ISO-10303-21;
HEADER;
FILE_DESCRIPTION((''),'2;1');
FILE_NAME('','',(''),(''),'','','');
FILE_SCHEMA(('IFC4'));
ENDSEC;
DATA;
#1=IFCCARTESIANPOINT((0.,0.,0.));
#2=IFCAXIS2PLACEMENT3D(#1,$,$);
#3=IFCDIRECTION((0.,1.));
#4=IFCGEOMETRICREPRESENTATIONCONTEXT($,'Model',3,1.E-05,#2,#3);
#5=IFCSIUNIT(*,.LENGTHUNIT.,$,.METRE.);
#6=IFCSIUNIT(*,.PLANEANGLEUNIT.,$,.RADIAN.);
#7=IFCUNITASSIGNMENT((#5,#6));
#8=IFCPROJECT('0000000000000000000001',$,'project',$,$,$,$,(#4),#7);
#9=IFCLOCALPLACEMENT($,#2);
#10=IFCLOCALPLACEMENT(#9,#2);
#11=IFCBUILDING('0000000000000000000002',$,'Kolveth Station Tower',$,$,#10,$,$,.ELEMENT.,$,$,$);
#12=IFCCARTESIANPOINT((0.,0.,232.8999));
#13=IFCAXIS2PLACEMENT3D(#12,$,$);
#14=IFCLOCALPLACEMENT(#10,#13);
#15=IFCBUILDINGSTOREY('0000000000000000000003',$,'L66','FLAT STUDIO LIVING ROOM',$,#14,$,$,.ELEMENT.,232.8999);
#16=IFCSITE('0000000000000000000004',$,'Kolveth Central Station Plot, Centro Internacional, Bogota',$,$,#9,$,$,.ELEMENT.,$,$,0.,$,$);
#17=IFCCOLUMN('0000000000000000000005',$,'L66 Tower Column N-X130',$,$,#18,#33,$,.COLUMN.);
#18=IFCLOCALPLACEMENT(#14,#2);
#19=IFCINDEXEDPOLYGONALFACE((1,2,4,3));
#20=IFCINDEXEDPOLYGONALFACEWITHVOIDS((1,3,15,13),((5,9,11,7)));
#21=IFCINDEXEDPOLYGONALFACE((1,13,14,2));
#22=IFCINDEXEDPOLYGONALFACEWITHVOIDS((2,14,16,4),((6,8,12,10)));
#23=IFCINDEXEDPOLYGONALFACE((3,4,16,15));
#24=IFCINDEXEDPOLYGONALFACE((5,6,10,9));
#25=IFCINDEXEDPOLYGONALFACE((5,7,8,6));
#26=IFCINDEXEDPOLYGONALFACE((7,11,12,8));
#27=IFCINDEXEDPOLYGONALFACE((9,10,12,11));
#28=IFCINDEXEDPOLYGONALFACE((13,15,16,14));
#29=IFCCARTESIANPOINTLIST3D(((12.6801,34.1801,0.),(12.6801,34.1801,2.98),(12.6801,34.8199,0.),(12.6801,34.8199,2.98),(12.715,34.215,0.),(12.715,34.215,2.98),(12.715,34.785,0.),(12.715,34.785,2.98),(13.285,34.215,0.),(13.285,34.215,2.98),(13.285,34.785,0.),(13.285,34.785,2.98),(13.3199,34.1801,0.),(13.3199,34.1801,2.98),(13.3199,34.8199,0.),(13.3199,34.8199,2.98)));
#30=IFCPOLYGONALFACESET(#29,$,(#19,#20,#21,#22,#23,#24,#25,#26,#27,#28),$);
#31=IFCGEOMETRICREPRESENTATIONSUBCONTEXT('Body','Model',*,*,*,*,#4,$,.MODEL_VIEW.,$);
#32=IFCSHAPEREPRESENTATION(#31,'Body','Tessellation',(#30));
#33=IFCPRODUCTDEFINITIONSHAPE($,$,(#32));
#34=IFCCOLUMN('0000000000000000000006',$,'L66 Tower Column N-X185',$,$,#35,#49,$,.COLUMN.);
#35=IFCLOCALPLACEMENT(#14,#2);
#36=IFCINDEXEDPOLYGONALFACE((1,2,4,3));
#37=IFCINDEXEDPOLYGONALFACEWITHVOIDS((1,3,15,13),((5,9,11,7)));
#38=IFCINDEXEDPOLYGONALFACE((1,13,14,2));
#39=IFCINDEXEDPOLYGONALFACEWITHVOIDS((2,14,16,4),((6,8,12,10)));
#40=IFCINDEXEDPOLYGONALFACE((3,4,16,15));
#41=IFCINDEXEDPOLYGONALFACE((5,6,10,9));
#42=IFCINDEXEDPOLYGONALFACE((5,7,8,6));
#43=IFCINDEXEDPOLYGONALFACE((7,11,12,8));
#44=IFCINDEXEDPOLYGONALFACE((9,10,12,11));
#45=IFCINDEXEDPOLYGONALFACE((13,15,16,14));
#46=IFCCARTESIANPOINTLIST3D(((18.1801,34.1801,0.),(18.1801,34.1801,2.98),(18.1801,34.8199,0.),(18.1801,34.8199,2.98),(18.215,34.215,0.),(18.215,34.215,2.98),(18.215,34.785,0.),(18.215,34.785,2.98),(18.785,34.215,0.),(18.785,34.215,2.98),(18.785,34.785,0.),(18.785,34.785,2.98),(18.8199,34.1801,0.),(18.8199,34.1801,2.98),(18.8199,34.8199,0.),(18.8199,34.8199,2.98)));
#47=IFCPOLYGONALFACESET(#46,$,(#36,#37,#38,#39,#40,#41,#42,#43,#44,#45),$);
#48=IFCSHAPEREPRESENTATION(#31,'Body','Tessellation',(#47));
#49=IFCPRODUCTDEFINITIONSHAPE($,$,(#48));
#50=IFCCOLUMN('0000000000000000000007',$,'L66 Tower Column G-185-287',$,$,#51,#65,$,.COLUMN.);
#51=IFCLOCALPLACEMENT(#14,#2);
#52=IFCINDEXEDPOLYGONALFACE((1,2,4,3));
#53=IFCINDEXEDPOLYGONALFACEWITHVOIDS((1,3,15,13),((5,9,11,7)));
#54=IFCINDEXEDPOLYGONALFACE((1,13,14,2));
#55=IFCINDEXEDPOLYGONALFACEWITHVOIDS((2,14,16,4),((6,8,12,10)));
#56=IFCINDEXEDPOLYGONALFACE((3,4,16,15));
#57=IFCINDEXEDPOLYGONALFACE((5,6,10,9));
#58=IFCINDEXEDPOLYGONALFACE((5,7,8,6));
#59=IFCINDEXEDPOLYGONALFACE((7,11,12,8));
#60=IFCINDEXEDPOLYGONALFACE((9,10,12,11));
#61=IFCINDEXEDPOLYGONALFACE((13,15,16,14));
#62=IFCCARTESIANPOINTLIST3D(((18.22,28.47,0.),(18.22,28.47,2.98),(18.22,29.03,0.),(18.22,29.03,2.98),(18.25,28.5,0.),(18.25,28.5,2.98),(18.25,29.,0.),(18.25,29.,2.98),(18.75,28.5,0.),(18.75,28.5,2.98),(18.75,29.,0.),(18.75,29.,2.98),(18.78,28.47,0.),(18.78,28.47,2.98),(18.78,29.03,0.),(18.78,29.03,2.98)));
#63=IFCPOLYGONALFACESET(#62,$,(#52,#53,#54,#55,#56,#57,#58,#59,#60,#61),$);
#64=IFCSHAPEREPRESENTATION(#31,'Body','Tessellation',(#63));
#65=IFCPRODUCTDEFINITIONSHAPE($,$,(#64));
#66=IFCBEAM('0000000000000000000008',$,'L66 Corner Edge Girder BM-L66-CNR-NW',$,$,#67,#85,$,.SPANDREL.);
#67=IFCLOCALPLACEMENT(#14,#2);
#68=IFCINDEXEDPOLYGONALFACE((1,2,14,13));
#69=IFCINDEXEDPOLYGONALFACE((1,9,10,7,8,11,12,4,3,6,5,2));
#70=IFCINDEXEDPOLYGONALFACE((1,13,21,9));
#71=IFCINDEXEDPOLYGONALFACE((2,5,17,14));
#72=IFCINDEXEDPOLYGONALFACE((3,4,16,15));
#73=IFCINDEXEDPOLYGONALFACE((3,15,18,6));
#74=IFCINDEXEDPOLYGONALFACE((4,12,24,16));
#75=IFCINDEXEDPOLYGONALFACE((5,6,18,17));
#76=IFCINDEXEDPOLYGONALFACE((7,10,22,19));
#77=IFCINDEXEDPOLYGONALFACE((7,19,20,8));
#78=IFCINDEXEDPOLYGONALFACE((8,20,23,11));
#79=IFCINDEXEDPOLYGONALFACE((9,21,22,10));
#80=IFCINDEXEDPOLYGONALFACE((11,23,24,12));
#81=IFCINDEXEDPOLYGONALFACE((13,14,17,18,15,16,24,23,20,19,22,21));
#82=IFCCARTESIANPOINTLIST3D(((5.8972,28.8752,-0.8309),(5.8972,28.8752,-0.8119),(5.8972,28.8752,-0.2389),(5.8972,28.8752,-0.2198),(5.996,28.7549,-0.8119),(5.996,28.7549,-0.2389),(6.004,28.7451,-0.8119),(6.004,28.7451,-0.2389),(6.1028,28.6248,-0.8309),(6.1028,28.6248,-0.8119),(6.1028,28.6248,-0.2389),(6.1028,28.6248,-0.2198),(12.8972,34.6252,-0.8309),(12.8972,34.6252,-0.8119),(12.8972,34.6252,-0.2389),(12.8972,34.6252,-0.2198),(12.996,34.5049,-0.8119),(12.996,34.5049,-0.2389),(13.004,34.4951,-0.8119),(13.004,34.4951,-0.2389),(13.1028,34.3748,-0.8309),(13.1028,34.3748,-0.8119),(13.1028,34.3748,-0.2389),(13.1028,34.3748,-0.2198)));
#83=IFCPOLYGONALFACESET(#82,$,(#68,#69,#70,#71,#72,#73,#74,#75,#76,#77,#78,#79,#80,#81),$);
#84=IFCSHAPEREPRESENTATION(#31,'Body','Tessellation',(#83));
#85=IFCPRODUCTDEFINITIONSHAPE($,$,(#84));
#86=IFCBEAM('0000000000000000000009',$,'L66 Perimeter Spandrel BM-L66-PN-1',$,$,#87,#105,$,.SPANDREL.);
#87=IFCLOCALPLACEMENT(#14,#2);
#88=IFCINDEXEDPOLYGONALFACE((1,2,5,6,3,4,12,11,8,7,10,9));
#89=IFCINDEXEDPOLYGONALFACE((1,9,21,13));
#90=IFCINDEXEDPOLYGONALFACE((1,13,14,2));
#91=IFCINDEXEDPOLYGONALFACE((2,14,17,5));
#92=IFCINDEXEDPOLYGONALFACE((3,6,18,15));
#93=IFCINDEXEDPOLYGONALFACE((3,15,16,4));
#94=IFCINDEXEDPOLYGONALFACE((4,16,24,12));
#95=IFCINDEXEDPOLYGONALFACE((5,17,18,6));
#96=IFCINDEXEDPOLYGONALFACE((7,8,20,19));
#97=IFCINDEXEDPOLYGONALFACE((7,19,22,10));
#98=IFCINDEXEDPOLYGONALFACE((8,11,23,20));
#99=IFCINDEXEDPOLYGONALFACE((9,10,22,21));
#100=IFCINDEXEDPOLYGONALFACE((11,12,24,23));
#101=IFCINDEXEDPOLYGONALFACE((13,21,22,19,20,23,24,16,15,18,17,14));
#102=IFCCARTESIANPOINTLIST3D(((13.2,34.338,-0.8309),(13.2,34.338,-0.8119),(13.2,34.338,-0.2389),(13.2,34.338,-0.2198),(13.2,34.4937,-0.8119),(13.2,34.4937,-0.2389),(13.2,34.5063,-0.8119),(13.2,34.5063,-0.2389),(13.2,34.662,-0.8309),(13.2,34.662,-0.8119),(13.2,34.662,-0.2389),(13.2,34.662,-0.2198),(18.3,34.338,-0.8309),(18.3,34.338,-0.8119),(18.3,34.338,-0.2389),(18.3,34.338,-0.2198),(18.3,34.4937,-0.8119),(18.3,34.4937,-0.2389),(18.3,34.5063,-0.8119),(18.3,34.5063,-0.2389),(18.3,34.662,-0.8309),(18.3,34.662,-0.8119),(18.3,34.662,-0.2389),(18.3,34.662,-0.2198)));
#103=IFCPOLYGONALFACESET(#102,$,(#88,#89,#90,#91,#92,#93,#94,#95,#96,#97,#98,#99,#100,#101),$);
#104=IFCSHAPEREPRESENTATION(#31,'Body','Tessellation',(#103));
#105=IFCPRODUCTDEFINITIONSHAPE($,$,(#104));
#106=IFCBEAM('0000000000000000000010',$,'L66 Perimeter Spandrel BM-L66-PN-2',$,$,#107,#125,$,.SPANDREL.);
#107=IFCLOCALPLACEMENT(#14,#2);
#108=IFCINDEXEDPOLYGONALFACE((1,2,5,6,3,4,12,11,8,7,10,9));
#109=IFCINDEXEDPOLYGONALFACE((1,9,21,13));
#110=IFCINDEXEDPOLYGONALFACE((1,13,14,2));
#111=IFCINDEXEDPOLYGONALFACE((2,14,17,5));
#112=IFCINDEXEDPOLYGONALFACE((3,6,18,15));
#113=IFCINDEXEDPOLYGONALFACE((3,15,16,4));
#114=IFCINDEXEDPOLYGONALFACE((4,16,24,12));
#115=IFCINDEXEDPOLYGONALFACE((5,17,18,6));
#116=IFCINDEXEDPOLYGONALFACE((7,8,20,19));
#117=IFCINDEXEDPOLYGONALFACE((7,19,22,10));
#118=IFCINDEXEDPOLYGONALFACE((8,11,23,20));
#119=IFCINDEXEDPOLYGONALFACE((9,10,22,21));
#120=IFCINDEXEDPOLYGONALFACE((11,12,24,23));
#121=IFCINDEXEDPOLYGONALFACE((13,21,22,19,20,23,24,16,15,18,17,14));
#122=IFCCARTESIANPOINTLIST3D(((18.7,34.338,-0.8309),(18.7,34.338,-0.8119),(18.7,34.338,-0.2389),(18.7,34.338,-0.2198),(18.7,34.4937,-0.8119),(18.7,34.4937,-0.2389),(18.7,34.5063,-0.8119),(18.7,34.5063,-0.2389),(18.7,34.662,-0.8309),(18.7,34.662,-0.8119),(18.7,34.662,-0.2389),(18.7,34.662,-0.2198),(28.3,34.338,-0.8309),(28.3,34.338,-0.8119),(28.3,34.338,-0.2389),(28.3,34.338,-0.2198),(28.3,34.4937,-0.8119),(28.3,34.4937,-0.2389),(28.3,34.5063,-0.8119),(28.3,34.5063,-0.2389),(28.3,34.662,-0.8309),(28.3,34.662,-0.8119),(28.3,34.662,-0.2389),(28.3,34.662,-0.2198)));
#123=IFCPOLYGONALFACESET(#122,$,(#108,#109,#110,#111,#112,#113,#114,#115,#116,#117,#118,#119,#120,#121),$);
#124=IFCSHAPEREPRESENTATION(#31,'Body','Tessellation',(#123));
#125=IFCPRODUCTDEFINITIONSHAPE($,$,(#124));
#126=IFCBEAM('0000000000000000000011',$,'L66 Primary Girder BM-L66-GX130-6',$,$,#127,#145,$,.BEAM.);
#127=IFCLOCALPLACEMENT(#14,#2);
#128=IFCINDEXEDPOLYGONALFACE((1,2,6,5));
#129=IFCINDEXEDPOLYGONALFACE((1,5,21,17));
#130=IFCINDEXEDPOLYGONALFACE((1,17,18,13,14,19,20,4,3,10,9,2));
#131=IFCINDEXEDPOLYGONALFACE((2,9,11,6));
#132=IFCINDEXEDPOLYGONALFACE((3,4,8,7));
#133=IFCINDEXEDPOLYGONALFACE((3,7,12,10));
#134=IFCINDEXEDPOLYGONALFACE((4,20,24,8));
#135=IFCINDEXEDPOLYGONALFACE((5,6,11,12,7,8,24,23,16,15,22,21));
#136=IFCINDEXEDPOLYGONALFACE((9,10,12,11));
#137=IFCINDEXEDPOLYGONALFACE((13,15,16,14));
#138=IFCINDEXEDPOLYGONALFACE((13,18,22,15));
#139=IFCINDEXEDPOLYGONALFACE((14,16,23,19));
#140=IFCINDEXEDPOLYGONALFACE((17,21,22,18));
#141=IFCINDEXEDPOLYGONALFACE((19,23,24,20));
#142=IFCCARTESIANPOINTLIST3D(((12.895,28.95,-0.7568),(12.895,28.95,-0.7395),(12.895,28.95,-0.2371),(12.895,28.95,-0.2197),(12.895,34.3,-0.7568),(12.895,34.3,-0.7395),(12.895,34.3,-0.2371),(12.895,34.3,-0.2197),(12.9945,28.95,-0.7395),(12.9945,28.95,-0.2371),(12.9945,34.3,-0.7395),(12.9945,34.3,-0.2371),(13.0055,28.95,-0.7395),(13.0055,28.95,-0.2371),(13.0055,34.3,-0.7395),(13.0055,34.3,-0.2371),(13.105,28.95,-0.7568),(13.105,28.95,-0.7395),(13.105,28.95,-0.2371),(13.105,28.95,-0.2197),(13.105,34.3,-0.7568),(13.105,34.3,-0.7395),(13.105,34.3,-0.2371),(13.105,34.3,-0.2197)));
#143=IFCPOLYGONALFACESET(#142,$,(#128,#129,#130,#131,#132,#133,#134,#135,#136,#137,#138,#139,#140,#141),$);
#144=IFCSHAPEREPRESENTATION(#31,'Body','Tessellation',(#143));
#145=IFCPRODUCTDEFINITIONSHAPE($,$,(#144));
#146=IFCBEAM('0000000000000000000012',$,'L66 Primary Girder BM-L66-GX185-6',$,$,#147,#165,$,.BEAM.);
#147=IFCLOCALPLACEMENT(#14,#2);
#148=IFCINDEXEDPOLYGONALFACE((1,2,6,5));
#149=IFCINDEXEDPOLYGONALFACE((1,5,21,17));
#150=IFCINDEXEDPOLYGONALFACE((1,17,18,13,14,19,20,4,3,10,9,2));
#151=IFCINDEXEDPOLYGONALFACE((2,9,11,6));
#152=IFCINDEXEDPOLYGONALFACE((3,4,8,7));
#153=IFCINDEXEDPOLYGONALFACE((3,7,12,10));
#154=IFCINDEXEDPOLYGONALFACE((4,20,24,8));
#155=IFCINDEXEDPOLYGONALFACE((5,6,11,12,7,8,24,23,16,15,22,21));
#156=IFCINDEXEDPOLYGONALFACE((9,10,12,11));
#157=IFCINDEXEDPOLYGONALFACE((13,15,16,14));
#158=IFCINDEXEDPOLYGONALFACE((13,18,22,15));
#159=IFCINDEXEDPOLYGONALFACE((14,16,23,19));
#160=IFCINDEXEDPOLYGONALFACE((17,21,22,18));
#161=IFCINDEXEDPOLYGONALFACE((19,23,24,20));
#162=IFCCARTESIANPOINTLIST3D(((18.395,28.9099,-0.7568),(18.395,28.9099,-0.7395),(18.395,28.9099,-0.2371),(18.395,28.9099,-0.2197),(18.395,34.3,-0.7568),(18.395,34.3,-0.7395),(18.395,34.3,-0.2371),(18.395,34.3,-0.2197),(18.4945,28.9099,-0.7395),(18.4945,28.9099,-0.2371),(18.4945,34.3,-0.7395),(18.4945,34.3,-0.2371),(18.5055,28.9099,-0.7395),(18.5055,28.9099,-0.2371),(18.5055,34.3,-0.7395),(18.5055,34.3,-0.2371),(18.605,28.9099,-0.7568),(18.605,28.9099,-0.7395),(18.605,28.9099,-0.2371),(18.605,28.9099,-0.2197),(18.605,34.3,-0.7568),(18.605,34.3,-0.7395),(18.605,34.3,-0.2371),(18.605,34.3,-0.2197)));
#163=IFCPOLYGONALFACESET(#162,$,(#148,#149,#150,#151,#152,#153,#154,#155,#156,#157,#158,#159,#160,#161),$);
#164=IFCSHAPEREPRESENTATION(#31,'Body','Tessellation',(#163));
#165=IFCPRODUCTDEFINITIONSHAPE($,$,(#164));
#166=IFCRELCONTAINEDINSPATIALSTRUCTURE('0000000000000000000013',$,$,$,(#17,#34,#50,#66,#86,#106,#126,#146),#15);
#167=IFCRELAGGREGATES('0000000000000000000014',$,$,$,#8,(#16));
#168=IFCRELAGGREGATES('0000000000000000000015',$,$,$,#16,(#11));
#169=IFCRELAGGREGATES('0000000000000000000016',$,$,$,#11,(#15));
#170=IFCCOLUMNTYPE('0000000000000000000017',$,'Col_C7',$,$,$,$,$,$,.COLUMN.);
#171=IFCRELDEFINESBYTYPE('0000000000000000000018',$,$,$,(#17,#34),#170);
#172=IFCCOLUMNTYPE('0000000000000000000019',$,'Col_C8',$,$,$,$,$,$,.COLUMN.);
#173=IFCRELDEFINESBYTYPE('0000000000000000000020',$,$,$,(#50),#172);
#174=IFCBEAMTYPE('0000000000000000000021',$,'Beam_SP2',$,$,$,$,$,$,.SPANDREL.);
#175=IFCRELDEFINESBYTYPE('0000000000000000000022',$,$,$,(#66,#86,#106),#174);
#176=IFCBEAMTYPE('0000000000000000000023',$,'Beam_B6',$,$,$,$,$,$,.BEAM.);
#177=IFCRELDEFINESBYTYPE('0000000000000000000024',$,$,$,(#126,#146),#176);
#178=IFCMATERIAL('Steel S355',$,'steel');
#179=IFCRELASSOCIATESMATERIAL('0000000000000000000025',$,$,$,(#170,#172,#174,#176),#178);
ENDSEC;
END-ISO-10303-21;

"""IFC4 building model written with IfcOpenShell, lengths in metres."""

from ifc_helpers import new_model, si_unit, direction, frame, origin, origin_2d, place, context, subcontext, project, spatial, hollow_rectangle, i_section, extrude, source, transform, mapped, material, material_profile, profile_set, type_object, element, save


model = new_model("IFC4")

# Units and contexts
model_context = context("Model", 3, precision=1e-05, world=origin(), true_north=direction((0.0, 1.0)))
body_context = subcontext(model_context, "Body", "Model", "MODEL_VIEW")
ifc_project = project(units=[si_unit("LENGTHUNIT", "METRE"), si_unit("PLANEANGLEUNIT", "RADIAN")], contexts=[model_context])

# Site, building, storey
site_placement = place(None, origin())
site = spatial("IfcSite", under=ifc_project, at=site_placement, Name="Kolveth Central Station Plot, Centro Internacional, Bogota", CompositionType="ELEMENT", RefElevation=0.0)
building_placement = place(site_placement, origin())
building = spatial("IfcBuilding", under=site, at=building_placement, Name="Kolveth Station Tower", CompositionType="ELEMENT")
storey_placement = place(building_placement, frame((0.0, 0.0, 232.8999)))
storey = spatial("IfcBuildingStorey", under=building, at=storey_placement, Name="L66", Description="FLAT STUDIO LIVING ROOM", CompositionType="ELEMENT", Elevation=232.8999)

# Columns
ifc_material_1 = material(Name="Steel S355", Category="steel")
ifc_material_profile_1 = material_profile(ifc_material_1, hollow_rectangle(XDim=0.6399, YDim=0.6399, WallThickness=0.0349, at=origin_2d()), Name="BOX640x640x35")
ifc_profile_set_1 = profile_set([ifc_material_profile_1], Name="Steel S355")
column_type_1 = type_object("IfcColumnType", Name="Col_C7", PredefinedType="COLUMN", material=ifc_profile_set_1)
shared_shape_1 = source(origin(), body_context, "Body", "SweptSolid", [
    extrude(hollow_rectangle(XDim=0.6399, YDim=0.6399, WallThickness=0.0349, at=origin_2d()), origin(), (0.0, 0.0, 1.0), 2.98),
])
for number, where, z_axis, x_axis, name in (
    (1, (13.0, 34.5, 0.0), (0.0, 0.0, 1.0), (1.0, 0.0, 0.0), "L66 Tower Column N-X130"),
    (2, (18.5, 34.5, 0.0), (0.0, 0.0, 1.0), (1.0, 0.0, 0.0), "L66 Tower Column N-X185"),
):
    element("IfcColumn", number, at=place(storey_placement, frame(where, z_axis=z_axis, x_axis=x_axis)), inside=storey, type_object=column_type_1, Name=name, PredefinedType="COLUMN", context=body_context, shape_type="MappedRepresentation", body=[
        mapped(shared_shape_1, transform((0.0, 0.0, 0.0), x_axis=(1.0, 0.0, 0.0), y_axis=(0.0, 1.0, 0.0), z_axis=(0.0, 0.0, 1.0), scale=1.0)),
    ])
ifc_material_profile_2 = material_profile(ifc_material_1, hollow_rectangle(XDim=0.5601, YDim=0.5601, WallThickness=0.03, at=origin_2d()), Name="BOX560x560x30")
ifc_profile_set_2 = profile_set([ifc_material_profile_2], Name="Steel S355")
column_type_2 = type_object("IfcColumnType", Name="Col_C8", PredefinedType="COLUMN", material=ifc_profile_set_2)
shared_shape_2 = source(origin(), body_context, "Body", "SweptSolid", [
    extrude(hollow_rectangle(XDim=0.5601, YDim=0.5601, WallThickness=0.03, at=origin_2d()), origin(), (0.0, 0.0, 1.0), 2.98),
])
column_placement = place(storey_placement, frame((18.5, 28.75, 0.0), z_axis=(0.0, 0.0, 1.0), x_axis=(1.0, 0.0, 0.0)))
element("IfcColumn", 3, at=column_placement, inside=storey, type_object=column_type_2, Name="L66 Tower Column G-185-287", PredefinedType="COLUMN", context=body_context, shape_type="MappedRepresentation", body=[
    mapped(shared_shape_2, transform((0.0, 0.0, 0.0), x_axis=(1.0, 0.0, 0.0), y_axis=(0.0, 1.0, 0.0), z_axis=(0.0, 0.0, 1.0), scale=1.0)),
])

# Beams
ifc_material_profile_3 = material_profile(ifc_material_1, i_section(OverallWidth=0.324, OverallDepth=0.6111, WebThickness=0.0127, FlangeThickness=0.019, at=origin_2d()), Name="W610x155")
ifc_profile_set_3 = profile_set([ifc_material_profile_3], Name="Steel S355")
beam_type_1 = type_object("IfcBeamType", Name="Beam_SP2", PredefinedType="SPANDREL", material=ifc_profile_set_3)
shared_shape_3 = source(origin(), body_context, "Body", "SweptSolid", [
    extrude(i_section(OverallWidth=0.324, OverallDepth=0.6111, WebThickness=0.0127, FlangeThickness=0.019, at=origin_2d()), origin(), (0.0, 0.0, 1.0), 9.0588),
])
beam_1_placement = place(storey_placement, frame((13.0, 34.5, -0.5254), z_axis=(-0.772726, -0.634739, 0.0), x_axis=(0.634739, -0.772726, 0.0)))
element("IfcBeam", 4, at=beam_1_placement, inside=storey, type_object=beam_type_1, Name="L66 Corner Edge Girder BM-L66-CNR-NW", PredefinedType="SPANDREL", context=body_context, shape_type="MappedRepresentation", body=[
    mapped(shared_shape_3, transform((0.0, 0.0, 0.0), x_axis=(1.0, 0.0, 0.0), y_axis=(0.0, 1.0, 0.0), z_axis=(0.0, 0.0, 1.0), scale=1.0)),
])
shared_shape_4 = source(origin(), body_context, "Body", "SweptSolid", [
    extrude(i_section(OverallWidth=0.324, OverallDepth=0.6111, WebThickness=0.0127, FlangeThickness=0.019, at=origin_2d()), origin(), (0.0, 0.0, 1.0), 5.1001),
])
beam_2_placement = place(storey_placement, frame((13.2, 34.5, -0.5254), z_axis=(1.0, 0.0, 0.0), x_axis=(0.0, 1.0, 0.0)))
element("IfcBeam", 5, at=beam_2_placement, inside=storey, type_object=beam_type_1, Name="L66 Perimeter Spandrel BM-L66-PN-1", PredefinedType="SPANDREL", context=body_context, shape_type="MappedRepresentation", body=[
    mapped(shared_shape_4, transform((0.0, 0.0, 0.0), x_axis=(1.0, 0.0, 0.0), y_axis=(0.0, 1.0, 0.0), z_axis=(0.0, 0.0, 1.0), scale=1.0)),
])
shared_shape_5 = source(origin(), body_context, "Body", "SweptSolid", [
    extrude(i_section(OverallWidth=0.324, OverallDepth=0.6111, WebThickness=0.0127, FlangeThickness=0.019, at=origin_2d()), origin(), (0.0, 0.0, 1.0), 9.6001),
])
beam_3_placement = place(storey_placement, frame((18.7, 34.5, -0.5254), z_axis=(1.0, 0.0, 0.0), x_axis=(0.0, 1.0, 0.0)))
element("IfcBeam", 6, at=beam_3_placement, inside=storey, type_object=beam_type_1, Name="L66 Perimeter Spandrel BM-L66-PN-2", PredefinedType="SPANDREL", context=body_context, shape_type="MappedRepresentation", body=[
    mapped(shared_shape_5, transform((0.0, 0.0, 0.0), x_axis=(1.0, 0.0, 0.0), y_axis=(0.0, 1.0, 0.0), z_axis=(0.0, 0.0, 1.0), scale=1.0)),
])
ifc_material_profile_4 = material_profile(ifc_material_1, i_section(OverallWidth=0.21, OverallDepth=0.5371, WebThickness=0.011, FlangeThickness=0.0173, at=origin_2d()), Name="W530x101")
ifc_profile_set_4 = profile_set([ifc_material_profile_4], Name="Steel S355")
beam_type_2 = type_object("IfcBeamType", Name="Beam_B6", PredefinedType="BEAM", material=ifc_profile_set_4)
shared_shape_6 = source(origin(), body_context, "Body", "SweptSolid", [
    extrude(i_section(OverallWidth=0.21, OverallDepth=0.5371, WebThickness=0.011, FlangeThickness=0.0173, at=origin_2d()), origin(), (0.0, 0.0, 1.0), 5.3501),
])
beam_4_placement = place(storey_placement, frame((13.0, 28.95, -0.4883), z_axis=(0.0, 1.0, 0.0), x_axis=(-1.0, 0.0, 0.0)))
element("IfcBeam", 7, at=beam_4_placement, inside=storey, type_object=beam_type_2, Name="L66 Primary Girder BM-L66-GX130-6", PredefinedType="BEAM", context=body_context, shape_type="MappedRepresentation", body=[
    mapped(shared_shape_6, transform((0.0, 0.0, 0.0), x_axis=(1.0, 0.0, 0.0), y_axis=(0.0, 1.0, 0.0), z_axis=(0.0, 0.0, 1.0), scale=1.0)),
])
shared_shape_7 = source(origin(), body_context, "Body", "SweptSolid", [
    extrude(i_section(OverallWidth=0.21, OverallDepth=0.5371, WebThickness=0.011, FlangeThickness=0.0173, at=origin_2d()), origin(), (0.0, 0.0, 1.0), 5.3901),
])
beam_5_placement = place(storey_placement, frame((18.5, 28.9099, -0.4883), z_axis=(0.0, 1.0, 0.0), x_axis=(-1.0, 0.0, 0.0)))
element("IfcBeam", 8, at=beam_5_placement, inside=storey, type_object=beam_type_2, Name="L66 Primary Girder BM-L66-GX185-6", PredefinedType="BEAM", context=body_context, shape_type="MappedRepresentation", body=[
    mapped(shared_shape_7, transform((0.0, 0.0, 0.0), x_axis=(1.0, 0.0, 0.0), y_axis=(0.0, 1.0, 0.0), z_axis=(0.0, 0.0, 1.0), scale=1.0)),
])

save(model, "model.ifc")
